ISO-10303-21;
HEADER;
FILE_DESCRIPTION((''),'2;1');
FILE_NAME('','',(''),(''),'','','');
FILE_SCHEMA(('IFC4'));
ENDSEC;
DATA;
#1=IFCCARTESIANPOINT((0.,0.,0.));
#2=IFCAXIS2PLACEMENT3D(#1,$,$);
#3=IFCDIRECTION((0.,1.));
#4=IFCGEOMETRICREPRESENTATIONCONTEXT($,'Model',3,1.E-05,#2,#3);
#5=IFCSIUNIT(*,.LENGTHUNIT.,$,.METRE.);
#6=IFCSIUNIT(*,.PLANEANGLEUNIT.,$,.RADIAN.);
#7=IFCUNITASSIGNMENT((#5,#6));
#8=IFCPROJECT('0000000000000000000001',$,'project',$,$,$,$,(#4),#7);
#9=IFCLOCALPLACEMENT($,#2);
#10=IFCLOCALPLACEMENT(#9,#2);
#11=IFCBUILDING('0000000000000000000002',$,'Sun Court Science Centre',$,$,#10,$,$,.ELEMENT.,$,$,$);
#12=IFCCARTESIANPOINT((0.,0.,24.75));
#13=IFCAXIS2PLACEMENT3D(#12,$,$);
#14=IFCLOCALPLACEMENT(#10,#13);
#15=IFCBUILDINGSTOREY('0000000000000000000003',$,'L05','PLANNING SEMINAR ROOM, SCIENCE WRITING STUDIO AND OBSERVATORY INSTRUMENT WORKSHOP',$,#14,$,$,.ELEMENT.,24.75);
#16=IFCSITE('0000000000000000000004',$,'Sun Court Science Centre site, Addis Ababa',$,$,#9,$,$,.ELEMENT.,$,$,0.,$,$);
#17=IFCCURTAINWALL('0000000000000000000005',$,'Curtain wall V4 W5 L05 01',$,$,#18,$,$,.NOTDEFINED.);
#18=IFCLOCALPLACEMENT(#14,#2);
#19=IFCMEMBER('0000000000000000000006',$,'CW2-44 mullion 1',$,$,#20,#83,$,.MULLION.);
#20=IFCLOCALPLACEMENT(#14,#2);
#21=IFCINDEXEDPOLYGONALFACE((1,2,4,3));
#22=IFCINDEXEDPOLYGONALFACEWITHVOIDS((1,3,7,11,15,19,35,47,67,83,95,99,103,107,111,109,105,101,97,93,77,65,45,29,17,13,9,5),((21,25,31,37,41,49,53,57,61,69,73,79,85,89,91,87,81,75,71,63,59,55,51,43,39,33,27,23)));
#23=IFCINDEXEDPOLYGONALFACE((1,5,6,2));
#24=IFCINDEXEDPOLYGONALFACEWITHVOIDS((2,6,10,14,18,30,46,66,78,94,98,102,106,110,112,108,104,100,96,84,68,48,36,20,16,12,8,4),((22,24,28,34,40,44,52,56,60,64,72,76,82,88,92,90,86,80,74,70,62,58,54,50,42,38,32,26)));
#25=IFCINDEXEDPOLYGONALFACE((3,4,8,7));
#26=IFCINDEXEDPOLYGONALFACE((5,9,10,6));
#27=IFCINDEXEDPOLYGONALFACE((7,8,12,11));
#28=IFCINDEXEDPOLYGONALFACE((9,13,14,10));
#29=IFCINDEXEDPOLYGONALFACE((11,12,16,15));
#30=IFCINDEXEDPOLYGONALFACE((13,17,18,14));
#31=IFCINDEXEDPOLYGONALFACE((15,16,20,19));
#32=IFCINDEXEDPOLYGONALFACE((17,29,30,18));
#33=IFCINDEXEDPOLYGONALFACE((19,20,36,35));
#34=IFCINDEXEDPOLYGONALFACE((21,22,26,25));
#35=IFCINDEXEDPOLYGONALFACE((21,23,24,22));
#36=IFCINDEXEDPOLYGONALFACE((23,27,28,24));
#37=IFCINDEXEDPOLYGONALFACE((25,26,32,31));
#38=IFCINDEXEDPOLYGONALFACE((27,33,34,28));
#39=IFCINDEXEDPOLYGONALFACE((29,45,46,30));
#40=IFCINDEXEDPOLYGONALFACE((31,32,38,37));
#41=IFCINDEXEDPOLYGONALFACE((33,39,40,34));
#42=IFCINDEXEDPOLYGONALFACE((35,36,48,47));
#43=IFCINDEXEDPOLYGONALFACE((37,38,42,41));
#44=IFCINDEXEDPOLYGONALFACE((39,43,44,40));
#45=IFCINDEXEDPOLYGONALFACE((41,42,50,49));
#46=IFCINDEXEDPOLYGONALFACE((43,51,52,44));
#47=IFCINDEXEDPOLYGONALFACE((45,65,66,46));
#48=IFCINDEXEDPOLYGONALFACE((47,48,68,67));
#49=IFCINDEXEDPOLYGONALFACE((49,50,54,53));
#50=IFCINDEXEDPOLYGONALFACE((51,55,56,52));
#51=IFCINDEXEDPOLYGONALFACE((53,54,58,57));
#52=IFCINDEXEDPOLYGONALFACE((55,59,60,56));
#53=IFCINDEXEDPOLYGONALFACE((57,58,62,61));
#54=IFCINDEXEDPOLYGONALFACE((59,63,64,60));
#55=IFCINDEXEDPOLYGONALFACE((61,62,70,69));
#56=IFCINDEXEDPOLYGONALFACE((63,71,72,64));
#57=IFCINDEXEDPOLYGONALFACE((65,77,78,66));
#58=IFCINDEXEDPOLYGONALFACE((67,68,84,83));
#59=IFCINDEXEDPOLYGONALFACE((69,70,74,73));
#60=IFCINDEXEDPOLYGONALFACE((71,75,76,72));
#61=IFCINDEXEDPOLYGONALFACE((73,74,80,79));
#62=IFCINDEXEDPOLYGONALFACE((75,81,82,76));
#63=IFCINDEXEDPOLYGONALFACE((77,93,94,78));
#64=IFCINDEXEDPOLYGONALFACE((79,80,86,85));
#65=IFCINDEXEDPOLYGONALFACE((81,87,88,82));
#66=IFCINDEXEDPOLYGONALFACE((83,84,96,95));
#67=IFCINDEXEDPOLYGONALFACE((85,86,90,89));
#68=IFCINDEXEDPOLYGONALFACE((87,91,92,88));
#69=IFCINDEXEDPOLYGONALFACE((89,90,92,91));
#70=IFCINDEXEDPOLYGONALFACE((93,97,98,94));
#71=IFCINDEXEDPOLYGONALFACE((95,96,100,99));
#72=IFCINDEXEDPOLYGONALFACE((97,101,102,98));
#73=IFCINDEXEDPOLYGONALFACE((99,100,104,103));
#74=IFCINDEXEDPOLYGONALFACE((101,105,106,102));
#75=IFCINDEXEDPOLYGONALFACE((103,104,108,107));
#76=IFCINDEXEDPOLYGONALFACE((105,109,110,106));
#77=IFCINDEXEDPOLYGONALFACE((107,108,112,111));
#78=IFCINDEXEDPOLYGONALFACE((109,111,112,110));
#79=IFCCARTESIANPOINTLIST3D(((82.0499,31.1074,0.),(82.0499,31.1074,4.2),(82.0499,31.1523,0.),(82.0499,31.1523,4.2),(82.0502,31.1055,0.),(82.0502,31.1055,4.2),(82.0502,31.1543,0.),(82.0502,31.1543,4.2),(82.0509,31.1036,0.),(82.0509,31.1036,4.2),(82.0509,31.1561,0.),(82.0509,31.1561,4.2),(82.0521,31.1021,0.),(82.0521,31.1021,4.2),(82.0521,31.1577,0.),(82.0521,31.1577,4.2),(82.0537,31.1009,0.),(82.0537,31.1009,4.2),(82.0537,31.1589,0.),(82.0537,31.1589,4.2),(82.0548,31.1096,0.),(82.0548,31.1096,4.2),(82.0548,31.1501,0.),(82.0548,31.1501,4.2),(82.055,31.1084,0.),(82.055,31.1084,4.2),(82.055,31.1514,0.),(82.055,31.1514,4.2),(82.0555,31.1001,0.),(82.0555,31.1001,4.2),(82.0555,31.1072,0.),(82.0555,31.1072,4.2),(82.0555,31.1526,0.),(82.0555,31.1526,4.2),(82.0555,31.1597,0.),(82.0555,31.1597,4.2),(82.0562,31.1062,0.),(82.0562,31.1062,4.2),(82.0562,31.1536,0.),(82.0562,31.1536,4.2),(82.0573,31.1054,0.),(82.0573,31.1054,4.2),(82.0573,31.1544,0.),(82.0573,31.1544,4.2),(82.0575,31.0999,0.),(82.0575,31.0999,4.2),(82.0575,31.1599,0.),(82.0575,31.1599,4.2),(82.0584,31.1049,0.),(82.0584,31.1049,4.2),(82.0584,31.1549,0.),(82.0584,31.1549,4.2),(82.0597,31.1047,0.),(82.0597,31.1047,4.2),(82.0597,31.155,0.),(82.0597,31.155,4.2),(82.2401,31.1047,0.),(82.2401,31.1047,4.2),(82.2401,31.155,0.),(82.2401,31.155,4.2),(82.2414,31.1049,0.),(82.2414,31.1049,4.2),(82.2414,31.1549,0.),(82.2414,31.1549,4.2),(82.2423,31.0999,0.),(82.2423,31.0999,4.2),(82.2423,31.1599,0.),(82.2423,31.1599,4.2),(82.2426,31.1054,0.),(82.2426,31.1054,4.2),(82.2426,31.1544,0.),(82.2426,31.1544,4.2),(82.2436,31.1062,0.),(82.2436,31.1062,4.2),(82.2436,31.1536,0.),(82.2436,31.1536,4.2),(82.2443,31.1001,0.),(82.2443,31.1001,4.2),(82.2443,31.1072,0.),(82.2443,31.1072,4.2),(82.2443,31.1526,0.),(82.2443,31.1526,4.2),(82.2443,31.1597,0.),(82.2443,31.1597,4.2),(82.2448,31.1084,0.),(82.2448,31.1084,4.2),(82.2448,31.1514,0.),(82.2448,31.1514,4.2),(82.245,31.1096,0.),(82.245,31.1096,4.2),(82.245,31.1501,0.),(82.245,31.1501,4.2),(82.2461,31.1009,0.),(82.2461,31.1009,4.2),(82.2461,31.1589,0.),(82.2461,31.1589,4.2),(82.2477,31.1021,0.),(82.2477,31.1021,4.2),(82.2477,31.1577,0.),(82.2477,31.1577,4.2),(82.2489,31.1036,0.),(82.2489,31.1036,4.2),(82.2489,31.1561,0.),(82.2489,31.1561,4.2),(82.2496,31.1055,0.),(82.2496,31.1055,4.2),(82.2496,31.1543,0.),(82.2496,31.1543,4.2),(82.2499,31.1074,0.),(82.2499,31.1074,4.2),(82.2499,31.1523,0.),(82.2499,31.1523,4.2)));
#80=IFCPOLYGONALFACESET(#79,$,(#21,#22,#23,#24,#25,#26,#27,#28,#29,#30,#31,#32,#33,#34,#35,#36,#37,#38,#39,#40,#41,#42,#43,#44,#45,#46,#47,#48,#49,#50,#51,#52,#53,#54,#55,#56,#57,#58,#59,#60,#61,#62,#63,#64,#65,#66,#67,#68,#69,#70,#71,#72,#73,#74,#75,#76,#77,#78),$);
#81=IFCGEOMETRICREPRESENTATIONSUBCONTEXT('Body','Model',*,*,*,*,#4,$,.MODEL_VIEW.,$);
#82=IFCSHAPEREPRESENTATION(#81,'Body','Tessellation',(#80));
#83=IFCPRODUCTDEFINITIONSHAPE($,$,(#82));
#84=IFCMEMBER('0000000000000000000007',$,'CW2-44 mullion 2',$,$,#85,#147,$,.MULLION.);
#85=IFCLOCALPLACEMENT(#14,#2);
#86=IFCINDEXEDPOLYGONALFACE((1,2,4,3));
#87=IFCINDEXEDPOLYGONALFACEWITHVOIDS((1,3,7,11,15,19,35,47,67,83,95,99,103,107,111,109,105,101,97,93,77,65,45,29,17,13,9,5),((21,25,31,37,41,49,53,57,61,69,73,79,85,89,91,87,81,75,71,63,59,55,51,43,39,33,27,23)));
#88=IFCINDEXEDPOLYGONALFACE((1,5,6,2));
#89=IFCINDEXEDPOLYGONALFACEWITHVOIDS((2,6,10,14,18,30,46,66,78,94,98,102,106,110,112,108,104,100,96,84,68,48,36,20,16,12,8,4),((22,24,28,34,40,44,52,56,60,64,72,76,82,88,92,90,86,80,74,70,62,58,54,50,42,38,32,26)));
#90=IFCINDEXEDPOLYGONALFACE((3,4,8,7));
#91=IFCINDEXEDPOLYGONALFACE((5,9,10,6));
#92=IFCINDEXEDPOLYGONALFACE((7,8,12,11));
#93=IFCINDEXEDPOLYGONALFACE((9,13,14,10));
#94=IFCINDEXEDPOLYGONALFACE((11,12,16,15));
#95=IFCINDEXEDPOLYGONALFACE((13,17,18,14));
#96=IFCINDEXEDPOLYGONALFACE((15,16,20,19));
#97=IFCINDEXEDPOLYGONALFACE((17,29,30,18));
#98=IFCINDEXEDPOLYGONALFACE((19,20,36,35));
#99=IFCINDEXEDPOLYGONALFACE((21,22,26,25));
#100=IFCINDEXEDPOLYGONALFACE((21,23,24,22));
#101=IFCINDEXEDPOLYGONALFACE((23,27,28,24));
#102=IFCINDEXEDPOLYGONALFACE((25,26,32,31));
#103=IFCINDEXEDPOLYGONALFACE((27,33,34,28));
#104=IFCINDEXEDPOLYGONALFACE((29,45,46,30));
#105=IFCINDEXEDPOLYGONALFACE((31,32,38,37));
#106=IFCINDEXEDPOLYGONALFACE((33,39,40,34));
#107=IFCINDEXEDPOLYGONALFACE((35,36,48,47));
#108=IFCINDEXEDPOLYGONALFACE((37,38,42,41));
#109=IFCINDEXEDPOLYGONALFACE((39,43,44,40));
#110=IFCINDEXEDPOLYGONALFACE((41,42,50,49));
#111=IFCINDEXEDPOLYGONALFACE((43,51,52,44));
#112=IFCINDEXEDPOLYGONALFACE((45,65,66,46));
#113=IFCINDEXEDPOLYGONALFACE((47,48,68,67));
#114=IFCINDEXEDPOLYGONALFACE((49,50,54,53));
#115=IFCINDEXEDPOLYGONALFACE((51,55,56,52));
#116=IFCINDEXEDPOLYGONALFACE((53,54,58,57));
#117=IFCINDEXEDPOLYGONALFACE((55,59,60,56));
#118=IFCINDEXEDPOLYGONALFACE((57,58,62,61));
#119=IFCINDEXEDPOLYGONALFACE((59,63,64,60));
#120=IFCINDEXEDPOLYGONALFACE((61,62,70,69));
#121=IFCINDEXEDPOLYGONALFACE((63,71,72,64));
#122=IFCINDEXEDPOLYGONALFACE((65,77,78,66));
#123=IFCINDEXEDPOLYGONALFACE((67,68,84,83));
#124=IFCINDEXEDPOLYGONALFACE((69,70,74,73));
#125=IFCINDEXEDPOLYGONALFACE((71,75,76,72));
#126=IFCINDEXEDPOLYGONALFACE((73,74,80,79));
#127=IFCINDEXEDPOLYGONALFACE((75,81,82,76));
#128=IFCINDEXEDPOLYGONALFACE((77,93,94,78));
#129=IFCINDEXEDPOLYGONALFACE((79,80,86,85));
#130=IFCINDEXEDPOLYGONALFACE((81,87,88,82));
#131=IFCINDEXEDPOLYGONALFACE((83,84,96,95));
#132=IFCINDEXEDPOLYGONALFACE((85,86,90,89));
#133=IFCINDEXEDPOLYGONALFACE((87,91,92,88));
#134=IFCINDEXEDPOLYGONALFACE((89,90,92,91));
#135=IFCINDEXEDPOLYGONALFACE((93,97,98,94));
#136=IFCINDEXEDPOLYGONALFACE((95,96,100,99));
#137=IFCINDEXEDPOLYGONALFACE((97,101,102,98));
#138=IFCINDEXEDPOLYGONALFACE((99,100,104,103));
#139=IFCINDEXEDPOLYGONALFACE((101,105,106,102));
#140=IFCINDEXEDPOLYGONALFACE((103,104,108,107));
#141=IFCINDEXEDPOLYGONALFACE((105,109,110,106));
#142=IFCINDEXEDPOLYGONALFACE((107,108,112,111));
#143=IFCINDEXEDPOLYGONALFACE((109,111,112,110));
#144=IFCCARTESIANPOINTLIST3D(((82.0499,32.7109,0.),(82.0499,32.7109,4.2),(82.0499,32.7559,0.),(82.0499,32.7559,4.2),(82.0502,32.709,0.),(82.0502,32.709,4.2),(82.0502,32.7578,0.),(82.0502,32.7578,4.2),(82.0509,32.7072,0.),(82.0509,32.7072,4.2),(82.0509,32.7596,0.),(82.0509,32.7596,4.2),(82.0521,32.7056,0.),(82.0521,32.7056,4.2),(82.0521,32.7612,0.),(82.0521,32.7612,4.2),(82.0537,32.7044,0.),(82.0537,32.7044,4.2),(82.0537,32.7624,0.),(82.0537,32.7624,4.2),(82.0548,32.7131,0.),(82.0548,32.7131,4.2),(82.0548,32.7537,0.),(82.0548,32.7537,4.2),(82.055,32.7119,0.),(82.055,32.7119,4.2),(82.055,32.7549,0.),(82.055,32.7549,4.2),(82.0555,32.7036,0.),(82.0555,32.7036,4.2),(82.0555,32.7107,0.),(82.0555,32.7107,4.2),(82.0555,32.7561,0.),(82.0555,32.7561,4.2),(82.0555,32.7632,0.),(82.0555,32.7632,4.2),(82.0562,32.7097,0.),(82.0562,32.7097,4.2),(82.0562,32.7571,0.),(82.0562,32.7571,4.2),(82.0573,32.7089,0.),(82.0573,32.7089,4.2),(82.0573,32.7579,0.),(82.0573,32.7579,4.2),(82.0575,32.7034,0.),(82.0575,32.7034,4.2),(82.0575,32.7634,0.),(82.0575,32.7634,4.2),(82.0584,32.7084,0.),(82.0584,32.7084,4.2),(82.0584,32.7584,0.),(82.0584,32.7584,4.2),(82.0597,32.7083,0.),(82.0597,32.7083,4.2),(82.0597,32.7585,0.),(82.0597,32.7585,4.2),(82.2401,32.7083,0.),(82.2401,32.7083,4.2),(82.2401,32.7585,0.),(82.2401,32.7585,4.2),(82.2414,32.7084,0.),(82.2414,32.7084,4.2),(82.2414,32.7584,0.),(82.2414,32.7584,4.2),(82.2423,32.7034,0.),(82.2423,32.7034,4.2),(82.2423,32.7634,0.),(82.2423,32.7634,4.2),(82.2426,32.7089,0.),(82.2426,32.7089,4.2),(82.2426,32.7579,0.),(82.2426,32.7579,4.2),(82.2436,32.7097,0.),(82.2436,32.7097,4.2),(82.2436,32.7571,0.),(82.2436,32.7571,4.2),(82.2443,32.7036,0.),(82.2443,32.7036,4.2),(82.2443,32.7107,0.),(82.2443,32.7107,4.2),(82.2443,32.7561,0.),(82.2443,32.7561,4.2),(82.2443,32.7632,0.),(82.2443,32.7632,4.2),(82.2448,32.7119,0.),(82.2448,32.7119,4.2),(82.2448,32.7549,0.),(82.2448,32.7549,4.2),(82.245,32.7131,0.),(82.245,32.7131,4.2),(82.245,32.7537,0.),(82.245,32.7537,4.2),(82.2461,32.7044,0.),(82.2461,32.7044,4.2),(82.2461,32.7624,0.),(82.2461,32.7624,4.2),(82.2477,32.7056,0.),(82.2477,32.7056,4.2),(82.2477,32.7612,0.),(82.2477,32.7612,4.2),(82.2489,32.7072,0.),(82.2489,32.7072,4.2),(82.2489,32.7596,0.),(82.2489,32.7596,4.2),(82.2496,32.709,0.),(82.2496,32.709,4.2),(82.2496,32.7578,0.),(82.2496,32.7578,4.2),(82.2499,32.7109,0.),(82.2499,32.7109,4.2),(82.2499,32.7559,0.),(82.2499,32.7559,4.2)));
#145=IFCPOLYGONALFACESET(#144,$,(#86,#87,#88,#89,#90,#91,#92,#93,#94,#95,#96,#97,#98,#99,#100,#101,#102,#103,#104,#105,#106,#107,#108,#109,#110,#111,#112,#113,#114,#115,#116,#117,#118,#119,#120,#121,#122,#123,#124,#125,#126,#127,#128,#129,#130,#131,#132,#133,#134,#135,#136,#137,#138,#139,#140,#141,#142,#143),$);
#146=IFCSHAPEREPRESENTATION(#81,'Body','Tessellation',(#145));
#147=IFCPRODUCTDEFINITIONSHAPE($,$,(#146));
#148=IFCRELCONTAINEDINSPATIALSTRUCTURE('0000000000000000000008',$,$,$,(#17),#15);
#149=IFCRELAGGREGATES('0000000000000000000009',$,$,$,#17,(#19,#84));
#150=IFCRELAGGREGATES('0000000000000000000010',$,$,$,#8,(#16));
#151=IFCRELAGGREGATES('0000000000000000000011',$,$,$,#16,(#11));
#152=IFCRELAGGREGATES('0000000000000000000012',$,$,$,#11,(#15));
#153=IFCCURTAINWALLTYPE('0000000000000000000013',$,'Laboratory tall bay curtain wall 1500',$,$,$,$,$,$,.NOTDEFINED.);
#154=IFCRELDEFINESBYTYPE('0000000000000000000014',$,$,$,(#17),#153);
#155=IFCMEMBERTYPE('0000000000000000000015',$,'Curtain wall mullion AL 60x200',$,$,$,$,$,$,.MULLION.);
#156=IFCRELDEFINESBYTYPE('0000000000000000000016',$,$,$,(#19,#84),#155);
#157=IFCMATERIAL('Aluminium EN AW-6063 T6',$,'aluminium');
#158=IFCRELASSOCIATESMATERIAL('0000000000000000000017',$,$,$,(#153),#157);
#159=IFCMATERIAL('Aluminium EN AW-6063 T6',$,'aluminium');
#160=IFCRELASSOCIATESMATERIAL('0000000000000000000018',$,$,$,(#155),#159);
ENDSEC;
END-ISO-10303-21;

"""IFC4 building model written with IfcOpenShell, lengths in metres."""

from ifc_helpers import new_model, si_unit, direction, frame, origin, origin_2d, place, context, subcontext, project, spatial, hollow_rectangle, extrude, material, material_profile, profile_set, type_object, element, aggregate, save


model = new_model("IFC4")

# Units and contexts
model_context = context("Model", 3, precision=1e-05, world=origin(), true_north=direction((0.0, 1.0)))
body_context = subcontext(model_context, "Body", "Model", "MODEL_VIEW")
ifc_project = project(units=[si_unit("LENGTHUNIT", "METRE"), si_unit("PLANEANGLEUNIT", "RADIAN")], contexts=[model_context])

# Site, building, storey
site_placement = place(None, origin())
site = spatial("IfcSite", under=ifc_project, at=site_placement, Name="Sun Court Science Centre site, Addis Ababa", CompositionType="ELEMENT", RefElevation=0.0)
building_placement = place(site_placement, origin())
building = spatial("IfcBuilding", under=site, at=building_placement, Name="Sun Court Science Centre", CompositionType="ELEMENT")
storey_placement = place(building_placement, frame((0.0, 0.0, 24.75)))
storey = spatial("IfcBuildingStorey", under=building, at=storey_placement, Name="L05", Description="PLANNING SEMINAR ROOM, SCIENCE WRITING STUDIO AND OBSERVATORY INSTRUMENT WORKSHOP", CompositionType="ELEMENT", Elevation=24.75)

# Curtain wall, members
ifc_material_1 = material(Name="Aluminium EN AW-6063 T6", Category="aluminium")
curtain_wall_type = type_object("IfcCurtainWallType", Name="Laboratory tall bay curtain wall 1500", PredefinedType="NOTDEFINED", material=ifc_material_1)
curtain_wall_1_placement = place(storey_placement, origin())
curtain_wall_1 = element("IfcCurtainWall", 1, at=curtain_wall_1_placement, inside=storey, type_object=curtain_wall_type, Name="Curtain wall V4 W5 L05 01", PredefinedType="NOTDEFINED")
ifc_material_2 = material(Name="Aluminium EN AW-6063 T6", Category="aluminium")
ifc_material_profile_1 = material_profile(ifc_material_2, hollow_rectangle(XDim=0.0601, YDim=0.2, WallThickness=0.0049, InnerFilletRadius=0.0049, OuterFilletRadius=0.0076, at=origin_2d()), Name="AL 60x200x5")
ifc_profile_set_1 = profile_set([ifc_material_profile_1], Name="Aluminium EN AW-6063 T6")
member_type_1 = type_object("IfcMemberType", Name="Curtain wall mullion AL 60x200", PredefinedType="MULLION", material=ifc_profile_set_1)
member_1_placement = place(storey_placement, frame((82.1499, 31.1299, 0.0), z_axis=(0.0, 0.0, 1.0), x_axis=(0.0, 1.0, 0.0)))
member_1 = element("IfcMember", 2, at=member_1_placement, type_object=member_type_1, Name="CW2-44 mullion 1", PredefinedType="MULLION", context=body_context, shape_type="SweptSolid", body=[
    extrude(hollow_rectangle(XDim=0.0601, YDim=0.2, WallThickness=0.0049, InnerFilletRadius=0.0049, OuterFilletRadius=0.0076, at=origin_2d()), origin(), (0.0, 0.0, 1.0), 4.2),
])
member_2_placement = place(storey_placement, frame((82.1499, 32.7334, 0.0), z_axis=(0.0, 0.0, 1.0), x_axis=(0.0, 1.0, 0.0)))
member_2 = element("IfcMember", 3, at=member_2_placement, type_object=member_type_1, Name="CW2-44 mullion 2", PredefinedType="MULLION", context=body_context, shape_type="SweptSolid", body=[
    extrude(hollow_rectangle(XDim=0.0601, YDim=0.2, WallThickness=0.0049, InnerFilletRadius=0.0049, OuterFilletRadius=0.0076, at=origin_2d()), origin(), (0.0, 0.0, 1.0), 4.2),
])

aggregate(curtain_wall_1, [member_1, member_2])

save(model, "model.ifc")
